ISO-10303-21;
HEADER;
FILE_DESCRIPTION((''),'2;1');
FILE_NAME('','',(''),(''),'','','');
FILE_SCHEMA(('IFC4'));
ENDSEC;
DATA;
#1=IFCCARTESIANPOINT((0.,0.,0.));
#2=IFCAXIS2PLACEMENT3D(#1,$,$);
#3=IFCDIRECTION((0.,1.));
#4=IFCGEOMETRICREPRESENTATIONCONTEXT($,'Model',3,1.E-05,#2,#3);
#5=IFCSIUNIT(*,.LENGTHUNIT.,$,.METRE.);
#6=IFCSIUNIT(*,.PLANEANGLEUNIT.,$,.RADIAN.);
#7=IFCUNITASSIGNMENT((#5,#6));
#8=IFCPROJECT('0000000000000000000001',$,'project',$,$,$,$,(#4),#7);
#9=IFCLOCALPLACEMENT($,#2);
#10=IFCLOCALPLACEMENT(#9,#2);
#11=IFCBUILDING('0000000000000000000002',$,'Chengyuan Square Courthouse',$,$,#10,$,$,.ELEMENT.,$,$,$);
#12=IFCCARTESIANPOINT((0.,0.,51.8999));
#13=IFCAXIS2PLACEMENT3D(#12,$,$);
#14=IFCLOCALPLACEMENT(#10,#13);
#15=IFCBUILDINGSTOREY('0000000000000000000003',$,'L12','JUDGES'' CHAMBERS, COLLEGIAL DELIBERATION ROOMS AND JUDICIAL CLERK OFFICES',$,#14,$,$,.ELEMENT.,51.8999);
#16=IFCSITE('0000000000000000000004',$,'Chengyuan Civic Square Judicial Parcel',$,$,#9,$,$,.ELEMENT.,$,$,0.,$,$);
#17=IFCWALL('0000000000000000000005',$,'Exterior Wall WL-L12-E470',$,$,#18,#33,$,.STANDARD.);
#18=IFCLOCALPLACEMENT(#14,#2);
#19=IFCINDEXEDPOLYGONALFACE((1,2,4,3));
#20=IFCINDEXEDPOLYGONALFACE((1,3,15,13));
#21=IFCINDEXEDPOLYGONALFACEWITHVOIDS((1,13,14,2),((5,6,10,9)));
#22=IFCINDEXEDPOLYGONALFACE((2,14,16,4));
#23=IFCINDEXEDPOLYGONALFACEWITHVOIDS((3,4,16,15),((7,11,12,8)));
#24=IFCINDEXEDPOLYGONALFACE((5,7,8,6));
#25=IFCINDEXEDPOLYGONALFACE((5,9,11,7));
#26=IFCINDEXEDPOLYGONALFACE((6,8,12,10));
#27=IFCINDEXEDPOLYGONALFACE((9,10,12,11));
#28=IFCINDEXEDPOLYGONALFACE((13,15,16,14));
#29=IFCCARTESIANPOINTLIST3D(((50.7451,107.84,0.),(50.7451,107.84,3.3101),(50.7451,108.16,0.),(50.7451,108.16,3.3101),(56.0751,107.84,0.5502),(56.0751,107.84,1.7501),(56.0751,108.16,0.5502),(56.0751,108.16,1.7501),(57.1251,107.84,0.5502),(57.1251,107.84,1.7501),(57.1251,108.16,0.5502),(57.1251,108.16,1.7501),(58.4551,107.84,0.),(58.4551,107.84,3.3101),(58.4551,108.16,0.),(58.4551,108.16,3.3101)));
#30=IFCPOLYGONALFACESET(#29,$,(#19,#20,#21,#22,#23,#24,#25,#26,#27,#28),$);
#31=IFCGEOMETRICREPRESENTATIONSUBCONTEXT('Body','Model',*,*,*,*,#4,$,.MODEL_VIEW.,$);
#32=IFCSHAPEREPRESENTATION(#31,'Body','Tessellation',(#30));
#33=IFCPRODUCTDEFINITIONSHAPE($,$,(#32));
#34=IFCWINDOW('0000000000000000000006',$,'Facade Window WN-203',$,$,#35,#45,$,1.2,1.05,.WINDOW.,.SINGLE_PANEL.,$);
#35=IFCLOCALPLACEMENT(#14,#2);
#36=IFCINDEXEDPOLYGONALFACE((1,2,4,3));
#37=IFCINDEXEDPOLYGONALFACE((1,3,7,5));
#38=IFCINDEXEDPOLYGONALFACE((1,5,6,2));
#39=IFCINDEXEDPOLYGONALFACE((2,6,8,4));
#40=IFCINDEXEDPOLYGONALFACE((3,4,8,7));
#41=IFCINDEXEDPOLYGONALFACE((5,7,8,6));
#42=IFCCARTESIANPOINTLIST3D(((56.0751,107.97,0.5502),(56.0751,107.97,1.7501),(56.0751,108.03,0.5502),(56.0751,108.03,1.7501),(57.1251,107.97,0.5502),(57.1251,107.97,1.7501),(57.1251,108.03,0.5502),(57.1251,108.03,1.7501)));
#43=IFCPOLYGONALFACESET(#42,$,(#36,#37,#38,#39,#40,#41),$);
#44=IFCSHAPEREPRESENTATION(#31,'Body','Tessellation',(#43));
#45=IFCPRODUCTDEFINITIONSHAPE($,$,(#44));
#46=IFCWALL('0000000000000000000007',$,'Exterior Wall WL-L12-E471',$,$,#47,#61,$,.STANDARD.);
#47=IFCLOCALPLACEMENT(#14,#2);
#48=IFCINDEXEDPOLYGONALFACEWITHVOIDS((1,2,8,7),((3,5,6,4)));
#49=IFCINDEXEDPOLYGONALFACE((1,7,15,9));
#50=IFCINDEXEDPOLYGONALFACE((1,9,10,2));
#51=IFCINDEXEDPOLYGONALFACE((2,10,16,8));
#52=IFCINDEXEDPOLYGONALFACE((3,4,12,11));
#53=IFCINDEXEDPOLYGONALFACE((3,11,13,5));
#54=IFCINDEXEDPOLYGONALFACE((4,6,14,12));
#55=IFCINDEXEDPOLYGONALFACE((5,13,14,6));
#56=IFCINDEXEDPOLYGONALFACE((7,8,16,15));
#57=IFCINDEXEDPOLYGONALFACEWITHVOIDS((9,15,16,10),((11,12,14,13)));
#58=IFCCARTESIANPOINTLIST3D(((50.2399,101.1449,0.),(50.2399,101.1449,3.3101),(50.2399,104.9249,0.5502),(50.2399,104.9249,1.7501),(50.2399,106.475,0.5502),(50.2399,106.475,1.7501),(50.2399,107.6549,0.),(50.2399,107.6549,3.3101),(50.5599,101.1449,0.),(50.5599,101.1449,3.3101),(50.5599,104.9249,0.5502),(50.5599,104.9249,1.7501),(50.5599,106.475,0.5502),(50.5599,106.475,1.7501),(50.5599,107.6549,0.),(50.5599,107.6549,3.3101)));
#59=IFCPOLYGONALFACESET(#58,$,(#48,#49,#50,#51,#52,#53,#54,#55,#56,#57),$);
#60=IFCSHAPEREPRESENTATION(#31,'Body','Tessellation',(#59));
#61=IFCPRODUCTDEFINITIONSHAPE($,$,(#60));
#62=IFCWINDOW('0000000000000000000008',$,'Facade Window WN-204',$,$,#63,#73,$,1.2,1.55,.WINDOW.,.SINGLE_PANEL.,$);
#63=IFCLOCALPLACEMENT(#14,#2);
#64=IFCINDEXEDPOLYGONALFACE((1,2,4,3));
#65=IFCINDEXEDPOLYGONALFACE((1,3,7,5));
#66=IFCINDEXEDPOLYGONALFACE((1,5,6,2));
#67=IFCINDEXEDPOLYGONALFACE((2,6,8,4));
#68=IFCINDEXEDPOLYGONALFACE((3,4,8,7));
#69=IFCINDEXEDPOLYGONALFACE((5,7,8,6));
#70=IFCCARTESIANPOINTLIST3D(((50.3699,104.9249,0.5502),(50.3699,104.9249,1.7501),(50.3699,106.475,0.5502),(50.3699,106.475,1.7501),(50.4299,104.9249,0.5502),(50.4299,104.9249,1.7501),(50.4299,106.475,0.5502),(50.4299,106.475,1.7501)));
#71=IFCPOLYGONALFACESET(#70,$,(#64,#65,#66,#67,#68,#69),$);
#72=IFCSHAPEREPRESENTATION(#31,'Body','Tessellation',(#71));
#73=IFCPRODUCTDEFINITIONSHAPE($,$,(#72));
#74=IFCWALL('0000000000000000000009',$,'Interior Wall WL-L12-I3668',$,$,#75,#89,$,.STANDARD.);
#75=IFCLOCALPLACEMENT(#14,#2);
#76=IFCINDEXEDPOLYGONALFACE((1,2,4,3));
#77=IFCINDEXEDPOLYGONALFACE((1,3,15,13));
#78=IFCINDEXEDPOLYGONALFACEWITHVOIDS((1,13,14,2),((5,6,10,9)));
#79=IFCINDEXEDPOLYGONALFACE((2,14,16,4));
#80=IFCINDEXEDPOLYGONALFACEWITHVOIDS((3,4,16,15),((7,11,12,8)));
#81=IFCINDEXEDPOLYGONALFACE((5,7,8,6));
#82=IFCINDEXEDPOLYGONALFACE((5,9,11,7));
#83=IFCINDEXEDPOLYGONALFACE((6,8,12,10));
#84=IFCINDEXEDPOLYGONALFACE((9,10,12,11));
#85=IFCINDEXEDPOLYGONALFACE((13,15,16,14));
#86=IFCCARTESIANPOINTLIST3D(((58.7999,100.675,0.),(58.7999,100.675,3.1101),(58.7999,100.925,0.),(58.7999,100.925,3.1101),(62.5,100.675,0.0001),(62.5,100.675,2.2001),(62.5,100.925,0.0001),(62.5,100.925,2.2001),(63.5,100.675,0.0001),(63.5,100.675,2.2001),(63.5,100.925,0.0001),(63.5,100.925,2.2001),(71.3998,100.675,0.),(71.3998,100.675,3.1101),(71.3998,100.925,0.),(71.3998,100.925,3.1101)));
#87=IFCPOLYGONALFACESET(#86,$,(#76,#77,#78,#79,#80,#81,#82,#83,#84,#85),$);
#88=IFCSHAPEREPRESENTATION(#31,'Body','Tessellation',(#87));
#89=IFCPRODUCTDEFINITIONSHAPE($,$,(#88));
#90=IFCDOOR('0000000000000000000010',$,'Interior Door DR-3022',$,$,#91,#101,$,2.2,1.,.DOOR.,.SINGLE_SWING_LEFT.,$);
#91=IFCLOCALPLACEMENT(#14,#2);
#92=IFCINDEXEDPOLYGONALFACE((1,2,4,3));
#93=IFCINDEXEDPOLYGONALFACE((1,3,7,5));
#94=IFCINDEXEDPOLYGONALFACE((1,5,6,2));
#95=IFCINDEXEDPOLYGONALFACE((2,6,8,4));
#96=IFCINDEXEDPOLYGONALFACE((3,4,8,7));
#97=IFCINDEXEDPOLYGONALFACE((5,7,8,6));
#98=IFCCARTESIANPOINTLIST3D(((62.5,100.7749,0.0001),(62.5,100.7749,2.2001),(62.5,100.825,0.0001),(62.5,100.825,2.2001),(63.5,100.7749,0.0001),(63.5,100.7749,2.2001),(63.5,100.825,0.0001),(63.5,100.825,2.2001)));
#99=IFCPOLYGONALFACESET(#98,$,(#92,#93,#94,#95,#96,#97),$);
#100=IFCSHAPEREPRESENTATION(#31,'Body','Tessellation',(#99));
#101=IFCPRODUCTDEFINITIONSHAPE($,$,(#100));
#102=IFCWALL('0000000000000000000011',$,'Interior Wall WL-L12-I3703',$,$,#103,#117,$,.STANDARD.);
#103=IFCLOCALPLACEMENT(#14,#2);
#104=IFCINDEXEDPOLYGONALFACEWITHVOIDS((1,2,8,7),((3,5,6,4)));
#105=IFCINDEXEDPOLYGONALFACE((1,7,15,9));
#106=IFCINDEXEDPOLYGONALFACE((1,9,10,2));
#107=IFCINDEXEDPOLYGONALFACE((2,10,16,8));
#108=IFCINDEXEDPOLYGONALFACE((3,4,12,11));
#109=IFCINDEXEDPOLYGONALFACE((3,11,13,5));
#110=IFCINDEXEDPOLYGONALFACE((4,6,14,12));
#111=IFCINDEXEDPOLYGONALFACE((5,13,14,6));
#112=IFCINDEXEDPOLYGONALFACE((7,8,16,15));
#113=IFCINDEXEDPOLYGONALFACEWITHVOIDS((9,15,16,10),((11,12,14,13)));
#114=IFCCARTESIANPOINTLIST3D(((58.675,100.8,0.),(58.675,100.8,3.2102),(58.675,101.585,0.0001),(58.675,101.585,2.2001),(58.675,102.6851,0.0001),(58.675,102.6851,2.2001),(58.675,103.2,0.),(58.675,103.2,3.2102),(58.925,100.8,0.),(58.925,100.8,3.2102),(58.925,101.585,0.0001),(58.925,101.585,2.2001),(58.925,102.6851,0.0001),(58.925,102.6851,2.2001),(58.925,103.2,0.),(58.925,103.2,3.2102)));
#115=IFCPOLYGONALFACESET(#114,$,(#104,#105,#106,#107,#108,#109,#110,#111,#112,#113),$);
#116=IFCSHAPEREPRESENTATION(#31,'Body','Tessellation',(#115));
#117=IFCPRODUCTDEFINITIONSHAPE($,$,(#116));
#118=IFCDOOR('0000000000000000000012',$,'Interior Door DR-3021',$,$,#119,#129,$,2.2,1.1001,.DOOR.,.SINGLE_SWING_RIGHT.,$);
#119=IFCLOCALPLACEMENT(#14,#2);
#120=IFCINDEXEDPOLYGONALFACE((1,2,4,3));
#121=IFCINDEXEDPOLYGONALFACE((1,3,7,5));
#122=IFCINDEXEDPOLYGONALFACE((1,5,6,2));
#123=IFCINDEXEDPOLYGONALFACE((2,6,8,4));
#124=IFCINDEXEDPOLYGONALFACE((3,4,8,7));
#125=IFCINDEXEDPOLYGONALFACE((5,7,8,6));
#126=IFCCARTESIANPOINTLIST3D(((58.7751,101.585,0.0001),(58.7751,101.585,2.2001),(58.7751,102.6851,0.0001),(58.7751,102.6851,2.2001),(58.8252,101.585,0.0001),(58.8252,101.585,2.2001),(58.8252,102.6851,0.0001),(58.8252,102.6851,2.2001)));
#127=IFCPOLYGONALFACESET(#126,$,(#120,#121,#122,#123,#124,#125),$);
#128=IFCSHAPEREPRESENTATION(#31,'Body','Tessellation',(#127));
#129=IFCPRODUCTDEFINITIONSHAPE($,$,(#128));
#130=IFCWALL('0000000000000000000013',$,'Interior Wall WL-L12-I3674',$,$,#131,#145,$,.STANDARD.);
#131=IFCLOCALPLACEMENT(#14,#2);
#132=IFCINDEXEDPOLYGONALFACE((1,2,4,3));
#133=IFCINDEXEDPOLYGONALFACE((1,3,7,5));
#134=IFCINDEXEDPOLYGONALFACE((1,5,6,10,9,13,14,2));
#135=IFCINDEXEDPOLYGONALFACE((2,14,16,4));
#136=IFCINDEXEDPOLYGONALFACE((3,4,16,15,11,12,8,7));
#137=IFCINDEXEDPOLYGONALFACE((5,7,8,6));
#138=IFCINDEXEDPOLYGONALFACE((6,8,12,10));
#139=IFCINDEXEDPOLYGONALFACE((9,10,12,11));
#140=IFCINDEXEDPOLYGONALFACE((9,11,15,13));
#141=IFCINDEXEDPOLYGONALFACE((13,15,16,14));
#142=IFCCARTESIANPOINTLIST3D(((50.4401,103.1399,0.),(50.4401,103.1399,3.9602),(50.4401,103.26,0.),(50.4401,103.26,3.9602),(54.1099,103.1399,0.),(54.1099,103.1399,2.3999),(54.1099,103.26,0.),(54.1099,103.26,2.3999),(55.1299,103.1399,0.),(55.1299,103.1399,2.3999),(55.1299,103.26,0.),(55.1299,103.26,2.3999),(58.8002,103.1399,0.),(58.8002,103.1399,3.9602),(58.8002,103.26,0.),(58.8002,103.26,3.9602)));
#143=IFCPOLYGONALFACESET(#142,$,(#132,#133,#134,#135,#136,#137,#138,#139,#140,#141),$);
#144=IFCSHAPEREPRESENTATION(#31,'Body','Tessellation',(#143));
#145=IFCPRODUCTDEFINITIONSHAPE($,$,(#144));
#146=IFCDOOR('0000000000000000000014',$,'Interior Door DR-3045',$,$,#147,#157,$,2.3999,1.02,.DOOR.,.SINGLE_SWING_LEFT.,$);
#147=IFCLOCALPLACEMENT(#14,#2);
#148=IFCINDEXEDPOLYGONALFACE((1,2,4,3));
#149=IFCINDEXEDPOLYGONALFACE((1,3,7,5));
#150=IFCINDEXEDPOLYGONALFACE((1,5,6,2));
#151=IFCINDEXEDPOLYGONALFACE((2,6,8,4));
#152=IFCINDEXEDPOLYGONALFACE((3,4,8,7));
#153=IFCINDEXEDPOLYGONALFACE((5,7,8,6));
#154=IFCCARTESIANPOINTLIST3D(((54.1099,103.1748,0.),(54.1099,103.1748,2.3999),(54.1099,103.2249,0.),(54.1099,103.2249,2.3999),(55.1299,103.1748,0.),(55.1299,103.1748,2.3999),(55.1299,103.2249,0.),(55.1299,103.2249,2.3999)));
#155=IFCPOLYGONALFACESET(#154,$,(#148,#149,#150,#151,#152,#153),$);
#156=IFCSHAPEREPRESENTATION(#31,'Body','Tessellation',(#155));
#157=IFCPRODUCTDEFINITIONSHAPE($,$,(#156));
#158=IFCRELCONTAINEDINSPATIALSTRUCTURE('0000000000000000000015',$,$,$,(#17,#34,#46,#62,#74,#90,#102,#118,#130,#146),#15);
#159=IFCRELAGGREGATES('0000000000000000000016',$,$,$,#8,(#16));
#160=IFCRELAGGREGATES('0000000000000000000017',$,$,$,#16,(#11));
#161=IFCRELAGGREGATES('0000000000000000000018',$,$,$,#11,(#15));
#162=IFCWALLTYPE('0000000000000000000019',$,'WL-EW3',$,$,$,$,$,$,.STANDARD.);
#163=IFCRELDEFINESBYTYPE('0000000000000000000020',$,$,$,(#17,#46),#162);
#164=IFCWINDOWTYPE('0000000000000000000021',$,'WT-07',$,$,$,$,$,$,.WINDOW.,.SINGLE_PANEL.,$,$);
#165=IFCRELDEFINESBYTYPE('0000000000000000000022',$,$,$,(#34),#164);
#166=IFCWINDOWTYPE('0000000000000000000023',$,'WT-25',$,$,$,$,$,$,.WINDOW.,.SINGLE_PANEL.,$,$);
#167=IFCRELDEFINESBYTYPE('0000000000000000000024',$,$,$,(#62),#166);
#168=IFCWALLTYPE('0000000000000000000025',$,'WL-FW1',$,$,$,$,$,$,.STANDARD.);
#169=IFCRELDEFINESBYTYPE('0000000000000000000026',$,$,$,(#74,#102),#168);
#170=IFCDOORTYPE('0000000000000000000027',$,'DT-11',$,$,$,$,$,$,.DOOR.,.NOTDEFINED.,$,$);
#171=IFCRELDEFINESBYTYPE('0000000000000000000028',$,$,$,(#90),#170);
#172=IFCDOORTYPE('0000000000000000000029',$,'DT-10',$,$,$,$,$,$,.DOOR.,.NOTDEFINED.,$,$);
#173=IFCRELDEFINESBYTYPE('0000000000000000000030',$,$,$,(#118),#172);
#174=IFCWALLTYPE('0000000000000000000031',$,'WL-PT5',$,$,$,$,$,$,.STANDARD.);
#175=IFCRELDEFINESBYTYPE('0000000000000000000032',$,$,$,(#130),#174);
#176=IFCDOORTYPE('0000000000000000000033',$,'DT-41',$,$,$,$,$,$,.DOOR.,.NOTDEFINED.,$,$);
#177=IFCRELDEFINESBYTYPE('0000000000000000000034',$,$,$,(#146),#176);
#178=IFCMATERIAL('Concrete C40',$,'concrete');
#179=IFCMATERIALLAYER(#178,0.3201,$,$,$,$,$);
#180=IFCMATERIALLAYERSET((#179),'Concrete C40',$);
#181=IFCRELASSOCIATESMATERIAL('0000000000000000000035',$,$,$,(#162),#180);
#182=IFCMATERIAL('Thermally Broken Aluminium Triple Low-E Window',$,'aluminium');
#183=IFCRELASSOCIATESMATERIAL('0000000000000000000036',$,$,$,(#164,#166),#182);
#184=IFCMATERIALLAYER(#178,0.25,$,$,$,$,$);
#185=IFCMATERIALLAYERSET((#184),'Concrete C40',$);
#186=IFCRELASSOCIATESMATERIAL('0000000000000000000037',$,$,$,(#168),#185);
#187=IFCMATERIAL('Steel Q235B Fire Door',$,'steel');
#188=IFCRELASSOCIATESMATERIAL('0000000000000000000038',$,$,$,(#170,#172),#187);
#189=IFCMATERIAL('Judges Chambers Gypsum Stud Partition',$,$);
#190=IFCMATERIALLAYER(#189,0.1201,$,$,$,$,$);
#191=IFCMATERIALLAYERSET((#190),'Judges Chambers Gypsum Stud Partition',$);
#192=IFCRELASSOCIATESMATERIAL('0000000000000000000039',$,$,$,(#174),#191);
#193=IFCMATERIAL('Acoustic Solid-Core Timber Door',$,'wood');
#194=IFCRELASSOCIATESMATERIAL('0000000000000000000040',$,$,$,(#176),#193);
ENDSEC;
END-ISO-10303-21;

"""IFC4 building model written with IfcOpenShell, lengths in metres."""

from ifc_helpers import new_model, si_unit, direction, frame, frame_2d, origin, place, context, subcontext, project, spatial, rectangle, extrude, material, layer, layer_set, type_object, element, fill, save


model = new_model("IFC4")

# Units and contexts
model_context = context("Model", 3, precision=1e-05, world=origin(), true_north=direction((0.0, 1.0)))
body_context = subcontext(model_context, "Body", "Model", "MODEL_VIEW")
ifc_project = project(units=[si_unit("LENGTHUNIT", "METRE"), si_unit("PLANEANGLEUNIT", "RADIAN")], contexts=[model_context])

# Site, building, storey
site_placement = place(None, origin())
site = spatial("IfcSite", under=ifc_project, at=site_placement, Name="Chengyuan Civic Square Judicial Parcel", CompositionType="ELEMENT", RefElevation=0.0)
building_placement = place(site_placement, origin())
building = spatial("IfcBuilding", under=site, at=building_placement, Name="Chengyuan Square Courthouse", CompositionType="ELEMENT")
storey_placement = place(building_placement, frame((0.0, 0.0, 51.8999)))
storey = spatial("IfcBuildingStorey", under=building, at=storey_placement, Name="L12", Description="JUDGES' CHAMBERS, COLLEGIAL DELIBERATION ROOMS AND JUDICIAL CLERK OFFICES", CompositionType="ELEMENT", Elevation=51.8999)

# Shared definitions
ifc_material_1 = material(Name="Concrete C40", Category="concrete")

# Walls, openings, windows
ifc_layer_1 = layer(ifc_material_1, 0.3201)
ifc_layer_set_1 = layer_set([ifc_layer_1], Name="Concrete C40")
wall_type_1 = type_object("IfcWallType", Name="WL-EW3", PredefinedType="STANDARD", material=ifc_layer_set_1)
wall_1_placement = place(storey_placement, frame((50.7451, 108.0, 0.0), z_axis=(0.0, 0.0, 1.0), x_axis=(1.0, 0.0, 0.0)))
wall_1 = element("IfcWall", 1, at=wall_1_placement, inside=storey, type_object=wall_type_1, Name="Exterior Wall WL-L12-E470", PredefinedType="STANDARD", context=body_context, shape_type="SweptSolid", body=[
    extrude(rectangle(XDim=7.71, YDim=0.3201, at=frame_2d((3.855, 0.0))), origin(), (0.0, 0.0, 1.0), 3.3101),
])
opening_1_placement = place(wall_1_placement, frame((5.3301, 0.0, 0.55)))
opening_1 = element("IfcOpeningElement", 2, at=opening_1_placement, cuts=wall_1, PredefinedType="OPENING", context=body_context, shape_type="SweptSolid", body=[
    extrude(rectangle(XDim=1.05, YDim=1.2, at=frame_2d((0.5249, 0.6001))), frame((0.0, 0.1721, 0.0), z_axis=(0.0, -1.0, 0.0), x_axis=(1.0, 0.0, 0.0)), (0.0, 0.0, 1.0), 0.344),
])
ifc_material_2 = material(Name="Thermally Broken Aluminium Triple Low-E Window", Category="aluminium")
window_type_1 = type_object("IfcWindowType", Name="WT-07", PartitioningType="SINGLE_PANEL", PredefinedType="WINDOW", material=ifc_material_2)
window_1_placement = place(opening_1_placement, origin())
window_1 = element("IfcWindow", 3, at=window_1_placement, inside=storey, type_object=window_type_1, Name="Facade Window WN-203", OverallHeight=1.2, OverallWidth=1.05, PartitioningType="SINGLE_PANEL", PredefinedType="WINDOW", context=body_context, shape_type="SweptSolid", body=[
    extrude(rectangle(XDim=1.05, YDim=1.2, at=frame_2d((0.5249, 0.6001))), frame((0.0, 0.03, 0.0), z_axis=(0.0, -1.0, 0.0), x_axis=(1.0, 0.0, 0.0)), (0.0, 0.0, 1.0), 0.0601),
])
fill(opening_1, window_1)
wall_2_placement = place(storey_placement, frame((50.3999, 101.145, 0.0), z_axis=(0.0, 0.0, 1.0), x_axis=(0.0, 1.0, 0.0)))
wall_2 = element("IfcWall", 4, at=wall_2_placement, inside=storey, type_object=wall_type_1, Name="Exterior Wall WL-L12-E471", PredefinedType="STANDARD", context=body_context, shape_type="SweptSolid", body=[
    extrude(rectangle(XDim=6.51, YDim=0.3201, at=frame_2d((3.2549, 0.0))), origin(), (0.0, 0.0, 1.0), 3.3101),
])
opening_2_placement = place(wall_2_placement, frame((3.78, 0.0, 0.55)))
opening_2 = element("IfcOpeningElement", 5, at=opening_2_placement, cuts=wall_2, PredefinedType="OPENING", context=body_context, shape_type="SweptSolid", body=[
    extrude(rectangle(XDim=1.55, YDim=1.2, at=frame_2d((0.7749, 0.6001))), frame((0.0, 0.1721, 0.0), z_axis=(0.0, -1.0, 0.0), x_axis=(1.0, 0.0, 0.0)), (0.0, 0.0, 1.0), 0.344),
])
window_type_2 = type_object("IfcWindowType", Name="WT-25", PartitioningType="SINGLE_PANEL", PredefinedType="WINDOW", material=ifc_material_2)
window_2_placement = place(opening_2_placement, origin())
window_2 = element("IfcWindow", 6, at=window_2_placement, inside=storey, type_object=window_type_2, Name="Facade Window WN-204", OverallHeight=1.2, OverallWidth=1.55, PartitioningType="SINGLE_PANEL", PredefinedType="WINDOW", context=body_context, shape_type="SweptSolid", body=[
    extrude(rectangle(XDim=1.55, YDim=1.2, at=frame_2d((0.7749, 0.6001))), frame((0.0, 0.03, 0.0), z_axis=(0.0, -1.0, 0.0), x_axis=(1.0, 0.0, 0.0)), (0.0, 0.0, 1.0), 0.0601),
])
fill(opening_2, window_2)

# Walls, openings, doors
ifc_layer_2 = layer(ifc_material_1, 0.25)
ifc_layer_set_2 = layer_set([ifc_layer_2], Name="Concrete C40")
wall_type_2 = type_object("IfcWallType", Name="WL-FW1", PredefinedType="STANDARD", material=ifc_layer_set_2)
wall_3_placement = place(storey_placement, frame((58.8, 100.8, 0.0), z_axis=(0.0, 0.0, 1.0), x_axis=(1.0, 0.0, 0.0)))
wall_3 = element("IfcWall", 7, at=wall_3_placement, inside=storey, type_object=wall_type_2, Name="Interior Wall WL-L12-I3668", PredefinedType="STANDARD", context=body_context, shape_type="SweptSolid", body=[
    extrude(rectangle(XDim=12.5999, YDim=0.25, at=frame_2d((6.2998, 0.0))), origin(), (0.0, 0.0, 1.0), 3.1101),
])
opening_3_placement = place(wall_3_placement, frame((3.7, 0.0, 0.0)))
opening_3 = element("IfcOpeningElement", 8, at=opening_3_placement, cuts=wall_3, PredefinedType="OPENING", context=body_context, shape_type="SweptSolid", body=[
    extrude(rectangle(XDim=1.0, YDim=2.2, at=frame_2d((0.5, 1.1001))), frame((0.0, 0.137, 0.0), z_axis=(0.0, -1.0, 0.0), x_axis=(1.0, 0.0, 0.0)), (0.0, 0.0, 1.0), 0.2739),
])
ifc_material_3 = material(Name="Steel Q235B Fire Door", Category="steel")
door_type_1 = type_object("IfcDoorType", Name="DT-11", OperationType="NOTDEFINED", PredefinedType="DOOR", material=ifc_material_3)
door_1_placement = place(opening_3_placement, origin())
door_1 = element("IfcDoor", 9, at=door_1_placement, inside=storey, type_object=door_type_1, Name="Interior Door DR-3022", OperationType="SINGLE_SWING_LEFT", OverallHeight=2.2, OverallWidth=1.0, PredefinedType="DOOR", context=body_context, shape_type="SweptSolid", body=[
    extrude(rectangle(XDim=1.0, YDim=2.2, at=frame_2d((0.5, 1.1001))), frame((0.0, 0.0249, 0.0), z_axis=(0.0, -1.0, 0.0), x_axis=(1.0, 0.0, 0.0)), (0.0, 0.0, 1.0), 0.05),
])
fill(opening_3, door_1)
wall_4_placement = place(storey_placement, frame((58.8, 100.8, 0.0), z_axis=(0.0, 0.0, 1.0), x_axis=(0.0, 1.0, 0.0)))
wall_4 = element("IfcWall", 10, at=wall_4_placement, inside=storey, type_object=wall_type_2, Name="Interior Wall WL-L12-I3703", PredefinedType="STANDARD", context=body_context, shape_type="SweptSolid", body=[
    extrude(rectangle(XDim=2.3999, YDim=0.25, at=frame_2d((1.2, 0.0))), origin(), (0.0, 0.0, 1.0), 3.2102),
])
opening_4_placement = place(wall_4_placement, frame((0.7849, 0.0, 0.0)))
opening_4 = element("IfcOpeningElement", 11, at=opening_4_placement, cuts=wall_4, PredefinedType="OPENING", context=body_context, shape_type="SweptSolid", body=[
    extrude(rectangle(XDim=1.1001, YDim=2.2, at=frame_2d((0.55, 1.1001))), frame((0.0, 0.137, 0.0), z_axis=(0.0, -1.0, 0.0), x_axis=(1.0, 0.0, 0.0)), (0.0, 0.0, 1.0), 0.2739),
])
door_type_2 = type_object("IfcDoorType", Name="DT-10", OperationType="NOTDEFINED", PredefinedType="DOOR", material=ifc_material_3)
door_2_placement = place(opening_4_placement, origin())
door_2 = element("IfcDoor", 12, at=door_2_placement, inside=storey, type_object=door_type_2, Name="Interior Door DR-3021", OperationType="SINGLE_SWING_RIGHT", OverallHeight=2.2, OverallWidth=1.1001, PredefinedType="DOOR", context=body_context, shape_type="SweptSolid", body=[
    extrude(rectangle(XDim=1.1001, YDim=2.2, at=frame_2d((0.55, 1.1001))), frame((0.0, 0.0249, 0.0), z_axis=(0.0, -1.0, 0.0), x_axis=(1.0, 0.0, 0.0)), (0.0, 0.0, 1.0), 0.05),
])
fill(opening_4, door_2)
ifc_material_4 = material(Name="Judges Chambers Gypsum Stud Partition")
ifc_layer_3 = layer(ifc_material_4, 0.1201)
ifc_layer_set_3 = layer_set([ifc_layer_3], Name="Judges Chambers Gypsum Stud Partition")
wall_type_3 = type_object("IfcWallType", Name="WL-PT5", PredefinedType="STANDARD", material=ifc_layer_set_3)
wall_5_placement = place(storey_placement, frame((50.4399, 103.2, 0.0), z_axis=(0.0, 0.0, 1.0), x_axis=(1.0, 0.0, 0.0)))
wall_5 = element("IfcWall", 13, at=wall_5_placement, inside=storey, type_object=wall_type_3, Name="Interior Wall WL-L12-I3674", PredefinedType="STANDARD", context=body_context, shape_type="SweptSolid", body=[
    extrude(rectangle(XDim=8.3601, YDim=0.1201, at=frame_2d((4.1802, 0.0))), origin(), (0.0, 0.0, 1.0), 3.9602),
])
opening_5_placement = place(wall_5_placement, frame((3.6699, 0.0, 0.0)))
opening_5 = element("IfcOpeningElement", 14, at=opening_5_placement, cuts=wall_5, PredefinedType="OPENING", context=body_context, shape_type="SweptSolid", body=[
    extrude(rectangle(XDim=1.02, YDim=2.3999, at=frame_2d((0.51, 1.2))), frame((0.0, 0.072, 0.0), z_axis=(0.0, -1.0, 0.0), x_axis=(1.0, 0.0, 0.0)), (0.0, 0.0, 1.0), 0.144),
])
ifc_material_5 = material(Name="Acoustic Solid-Core Timber Door", Category="wood")
door_type_3 = type_object("IfcDoorType", Name="DT-41", OperationType="NOTDEFINED", PredefinedType="DOOR", material=ifc_material_5)
door_3_placement = place(opening_5_placement, origin())
door_3 = element("IfcDoor", 15, at=door_3_placement, inside=storey, type_object=door_type_3, Name="Interior Door DR-3045", OperationType="SINGLE_SWING_LEFT", OverallHeight=2.3999, OverallWidth=1.02, PredefinedType="DOOR", context=body_context, shape_type="SweptSolid", body=[
    extrude(rectangle(XDim=1.02, YDim=2.3999, at=frame_2d((0.51, 1.2))), frame((0.0, 0.0249, 0.0), z_axis=(0.0, -1.0, 0.0), x_axis=(1.0, 0.0, 0.0)), (0.0, 0.0, 1.0), 0.05),
])
fill(opening_5, door_3)

save(model, "model.ifc")
